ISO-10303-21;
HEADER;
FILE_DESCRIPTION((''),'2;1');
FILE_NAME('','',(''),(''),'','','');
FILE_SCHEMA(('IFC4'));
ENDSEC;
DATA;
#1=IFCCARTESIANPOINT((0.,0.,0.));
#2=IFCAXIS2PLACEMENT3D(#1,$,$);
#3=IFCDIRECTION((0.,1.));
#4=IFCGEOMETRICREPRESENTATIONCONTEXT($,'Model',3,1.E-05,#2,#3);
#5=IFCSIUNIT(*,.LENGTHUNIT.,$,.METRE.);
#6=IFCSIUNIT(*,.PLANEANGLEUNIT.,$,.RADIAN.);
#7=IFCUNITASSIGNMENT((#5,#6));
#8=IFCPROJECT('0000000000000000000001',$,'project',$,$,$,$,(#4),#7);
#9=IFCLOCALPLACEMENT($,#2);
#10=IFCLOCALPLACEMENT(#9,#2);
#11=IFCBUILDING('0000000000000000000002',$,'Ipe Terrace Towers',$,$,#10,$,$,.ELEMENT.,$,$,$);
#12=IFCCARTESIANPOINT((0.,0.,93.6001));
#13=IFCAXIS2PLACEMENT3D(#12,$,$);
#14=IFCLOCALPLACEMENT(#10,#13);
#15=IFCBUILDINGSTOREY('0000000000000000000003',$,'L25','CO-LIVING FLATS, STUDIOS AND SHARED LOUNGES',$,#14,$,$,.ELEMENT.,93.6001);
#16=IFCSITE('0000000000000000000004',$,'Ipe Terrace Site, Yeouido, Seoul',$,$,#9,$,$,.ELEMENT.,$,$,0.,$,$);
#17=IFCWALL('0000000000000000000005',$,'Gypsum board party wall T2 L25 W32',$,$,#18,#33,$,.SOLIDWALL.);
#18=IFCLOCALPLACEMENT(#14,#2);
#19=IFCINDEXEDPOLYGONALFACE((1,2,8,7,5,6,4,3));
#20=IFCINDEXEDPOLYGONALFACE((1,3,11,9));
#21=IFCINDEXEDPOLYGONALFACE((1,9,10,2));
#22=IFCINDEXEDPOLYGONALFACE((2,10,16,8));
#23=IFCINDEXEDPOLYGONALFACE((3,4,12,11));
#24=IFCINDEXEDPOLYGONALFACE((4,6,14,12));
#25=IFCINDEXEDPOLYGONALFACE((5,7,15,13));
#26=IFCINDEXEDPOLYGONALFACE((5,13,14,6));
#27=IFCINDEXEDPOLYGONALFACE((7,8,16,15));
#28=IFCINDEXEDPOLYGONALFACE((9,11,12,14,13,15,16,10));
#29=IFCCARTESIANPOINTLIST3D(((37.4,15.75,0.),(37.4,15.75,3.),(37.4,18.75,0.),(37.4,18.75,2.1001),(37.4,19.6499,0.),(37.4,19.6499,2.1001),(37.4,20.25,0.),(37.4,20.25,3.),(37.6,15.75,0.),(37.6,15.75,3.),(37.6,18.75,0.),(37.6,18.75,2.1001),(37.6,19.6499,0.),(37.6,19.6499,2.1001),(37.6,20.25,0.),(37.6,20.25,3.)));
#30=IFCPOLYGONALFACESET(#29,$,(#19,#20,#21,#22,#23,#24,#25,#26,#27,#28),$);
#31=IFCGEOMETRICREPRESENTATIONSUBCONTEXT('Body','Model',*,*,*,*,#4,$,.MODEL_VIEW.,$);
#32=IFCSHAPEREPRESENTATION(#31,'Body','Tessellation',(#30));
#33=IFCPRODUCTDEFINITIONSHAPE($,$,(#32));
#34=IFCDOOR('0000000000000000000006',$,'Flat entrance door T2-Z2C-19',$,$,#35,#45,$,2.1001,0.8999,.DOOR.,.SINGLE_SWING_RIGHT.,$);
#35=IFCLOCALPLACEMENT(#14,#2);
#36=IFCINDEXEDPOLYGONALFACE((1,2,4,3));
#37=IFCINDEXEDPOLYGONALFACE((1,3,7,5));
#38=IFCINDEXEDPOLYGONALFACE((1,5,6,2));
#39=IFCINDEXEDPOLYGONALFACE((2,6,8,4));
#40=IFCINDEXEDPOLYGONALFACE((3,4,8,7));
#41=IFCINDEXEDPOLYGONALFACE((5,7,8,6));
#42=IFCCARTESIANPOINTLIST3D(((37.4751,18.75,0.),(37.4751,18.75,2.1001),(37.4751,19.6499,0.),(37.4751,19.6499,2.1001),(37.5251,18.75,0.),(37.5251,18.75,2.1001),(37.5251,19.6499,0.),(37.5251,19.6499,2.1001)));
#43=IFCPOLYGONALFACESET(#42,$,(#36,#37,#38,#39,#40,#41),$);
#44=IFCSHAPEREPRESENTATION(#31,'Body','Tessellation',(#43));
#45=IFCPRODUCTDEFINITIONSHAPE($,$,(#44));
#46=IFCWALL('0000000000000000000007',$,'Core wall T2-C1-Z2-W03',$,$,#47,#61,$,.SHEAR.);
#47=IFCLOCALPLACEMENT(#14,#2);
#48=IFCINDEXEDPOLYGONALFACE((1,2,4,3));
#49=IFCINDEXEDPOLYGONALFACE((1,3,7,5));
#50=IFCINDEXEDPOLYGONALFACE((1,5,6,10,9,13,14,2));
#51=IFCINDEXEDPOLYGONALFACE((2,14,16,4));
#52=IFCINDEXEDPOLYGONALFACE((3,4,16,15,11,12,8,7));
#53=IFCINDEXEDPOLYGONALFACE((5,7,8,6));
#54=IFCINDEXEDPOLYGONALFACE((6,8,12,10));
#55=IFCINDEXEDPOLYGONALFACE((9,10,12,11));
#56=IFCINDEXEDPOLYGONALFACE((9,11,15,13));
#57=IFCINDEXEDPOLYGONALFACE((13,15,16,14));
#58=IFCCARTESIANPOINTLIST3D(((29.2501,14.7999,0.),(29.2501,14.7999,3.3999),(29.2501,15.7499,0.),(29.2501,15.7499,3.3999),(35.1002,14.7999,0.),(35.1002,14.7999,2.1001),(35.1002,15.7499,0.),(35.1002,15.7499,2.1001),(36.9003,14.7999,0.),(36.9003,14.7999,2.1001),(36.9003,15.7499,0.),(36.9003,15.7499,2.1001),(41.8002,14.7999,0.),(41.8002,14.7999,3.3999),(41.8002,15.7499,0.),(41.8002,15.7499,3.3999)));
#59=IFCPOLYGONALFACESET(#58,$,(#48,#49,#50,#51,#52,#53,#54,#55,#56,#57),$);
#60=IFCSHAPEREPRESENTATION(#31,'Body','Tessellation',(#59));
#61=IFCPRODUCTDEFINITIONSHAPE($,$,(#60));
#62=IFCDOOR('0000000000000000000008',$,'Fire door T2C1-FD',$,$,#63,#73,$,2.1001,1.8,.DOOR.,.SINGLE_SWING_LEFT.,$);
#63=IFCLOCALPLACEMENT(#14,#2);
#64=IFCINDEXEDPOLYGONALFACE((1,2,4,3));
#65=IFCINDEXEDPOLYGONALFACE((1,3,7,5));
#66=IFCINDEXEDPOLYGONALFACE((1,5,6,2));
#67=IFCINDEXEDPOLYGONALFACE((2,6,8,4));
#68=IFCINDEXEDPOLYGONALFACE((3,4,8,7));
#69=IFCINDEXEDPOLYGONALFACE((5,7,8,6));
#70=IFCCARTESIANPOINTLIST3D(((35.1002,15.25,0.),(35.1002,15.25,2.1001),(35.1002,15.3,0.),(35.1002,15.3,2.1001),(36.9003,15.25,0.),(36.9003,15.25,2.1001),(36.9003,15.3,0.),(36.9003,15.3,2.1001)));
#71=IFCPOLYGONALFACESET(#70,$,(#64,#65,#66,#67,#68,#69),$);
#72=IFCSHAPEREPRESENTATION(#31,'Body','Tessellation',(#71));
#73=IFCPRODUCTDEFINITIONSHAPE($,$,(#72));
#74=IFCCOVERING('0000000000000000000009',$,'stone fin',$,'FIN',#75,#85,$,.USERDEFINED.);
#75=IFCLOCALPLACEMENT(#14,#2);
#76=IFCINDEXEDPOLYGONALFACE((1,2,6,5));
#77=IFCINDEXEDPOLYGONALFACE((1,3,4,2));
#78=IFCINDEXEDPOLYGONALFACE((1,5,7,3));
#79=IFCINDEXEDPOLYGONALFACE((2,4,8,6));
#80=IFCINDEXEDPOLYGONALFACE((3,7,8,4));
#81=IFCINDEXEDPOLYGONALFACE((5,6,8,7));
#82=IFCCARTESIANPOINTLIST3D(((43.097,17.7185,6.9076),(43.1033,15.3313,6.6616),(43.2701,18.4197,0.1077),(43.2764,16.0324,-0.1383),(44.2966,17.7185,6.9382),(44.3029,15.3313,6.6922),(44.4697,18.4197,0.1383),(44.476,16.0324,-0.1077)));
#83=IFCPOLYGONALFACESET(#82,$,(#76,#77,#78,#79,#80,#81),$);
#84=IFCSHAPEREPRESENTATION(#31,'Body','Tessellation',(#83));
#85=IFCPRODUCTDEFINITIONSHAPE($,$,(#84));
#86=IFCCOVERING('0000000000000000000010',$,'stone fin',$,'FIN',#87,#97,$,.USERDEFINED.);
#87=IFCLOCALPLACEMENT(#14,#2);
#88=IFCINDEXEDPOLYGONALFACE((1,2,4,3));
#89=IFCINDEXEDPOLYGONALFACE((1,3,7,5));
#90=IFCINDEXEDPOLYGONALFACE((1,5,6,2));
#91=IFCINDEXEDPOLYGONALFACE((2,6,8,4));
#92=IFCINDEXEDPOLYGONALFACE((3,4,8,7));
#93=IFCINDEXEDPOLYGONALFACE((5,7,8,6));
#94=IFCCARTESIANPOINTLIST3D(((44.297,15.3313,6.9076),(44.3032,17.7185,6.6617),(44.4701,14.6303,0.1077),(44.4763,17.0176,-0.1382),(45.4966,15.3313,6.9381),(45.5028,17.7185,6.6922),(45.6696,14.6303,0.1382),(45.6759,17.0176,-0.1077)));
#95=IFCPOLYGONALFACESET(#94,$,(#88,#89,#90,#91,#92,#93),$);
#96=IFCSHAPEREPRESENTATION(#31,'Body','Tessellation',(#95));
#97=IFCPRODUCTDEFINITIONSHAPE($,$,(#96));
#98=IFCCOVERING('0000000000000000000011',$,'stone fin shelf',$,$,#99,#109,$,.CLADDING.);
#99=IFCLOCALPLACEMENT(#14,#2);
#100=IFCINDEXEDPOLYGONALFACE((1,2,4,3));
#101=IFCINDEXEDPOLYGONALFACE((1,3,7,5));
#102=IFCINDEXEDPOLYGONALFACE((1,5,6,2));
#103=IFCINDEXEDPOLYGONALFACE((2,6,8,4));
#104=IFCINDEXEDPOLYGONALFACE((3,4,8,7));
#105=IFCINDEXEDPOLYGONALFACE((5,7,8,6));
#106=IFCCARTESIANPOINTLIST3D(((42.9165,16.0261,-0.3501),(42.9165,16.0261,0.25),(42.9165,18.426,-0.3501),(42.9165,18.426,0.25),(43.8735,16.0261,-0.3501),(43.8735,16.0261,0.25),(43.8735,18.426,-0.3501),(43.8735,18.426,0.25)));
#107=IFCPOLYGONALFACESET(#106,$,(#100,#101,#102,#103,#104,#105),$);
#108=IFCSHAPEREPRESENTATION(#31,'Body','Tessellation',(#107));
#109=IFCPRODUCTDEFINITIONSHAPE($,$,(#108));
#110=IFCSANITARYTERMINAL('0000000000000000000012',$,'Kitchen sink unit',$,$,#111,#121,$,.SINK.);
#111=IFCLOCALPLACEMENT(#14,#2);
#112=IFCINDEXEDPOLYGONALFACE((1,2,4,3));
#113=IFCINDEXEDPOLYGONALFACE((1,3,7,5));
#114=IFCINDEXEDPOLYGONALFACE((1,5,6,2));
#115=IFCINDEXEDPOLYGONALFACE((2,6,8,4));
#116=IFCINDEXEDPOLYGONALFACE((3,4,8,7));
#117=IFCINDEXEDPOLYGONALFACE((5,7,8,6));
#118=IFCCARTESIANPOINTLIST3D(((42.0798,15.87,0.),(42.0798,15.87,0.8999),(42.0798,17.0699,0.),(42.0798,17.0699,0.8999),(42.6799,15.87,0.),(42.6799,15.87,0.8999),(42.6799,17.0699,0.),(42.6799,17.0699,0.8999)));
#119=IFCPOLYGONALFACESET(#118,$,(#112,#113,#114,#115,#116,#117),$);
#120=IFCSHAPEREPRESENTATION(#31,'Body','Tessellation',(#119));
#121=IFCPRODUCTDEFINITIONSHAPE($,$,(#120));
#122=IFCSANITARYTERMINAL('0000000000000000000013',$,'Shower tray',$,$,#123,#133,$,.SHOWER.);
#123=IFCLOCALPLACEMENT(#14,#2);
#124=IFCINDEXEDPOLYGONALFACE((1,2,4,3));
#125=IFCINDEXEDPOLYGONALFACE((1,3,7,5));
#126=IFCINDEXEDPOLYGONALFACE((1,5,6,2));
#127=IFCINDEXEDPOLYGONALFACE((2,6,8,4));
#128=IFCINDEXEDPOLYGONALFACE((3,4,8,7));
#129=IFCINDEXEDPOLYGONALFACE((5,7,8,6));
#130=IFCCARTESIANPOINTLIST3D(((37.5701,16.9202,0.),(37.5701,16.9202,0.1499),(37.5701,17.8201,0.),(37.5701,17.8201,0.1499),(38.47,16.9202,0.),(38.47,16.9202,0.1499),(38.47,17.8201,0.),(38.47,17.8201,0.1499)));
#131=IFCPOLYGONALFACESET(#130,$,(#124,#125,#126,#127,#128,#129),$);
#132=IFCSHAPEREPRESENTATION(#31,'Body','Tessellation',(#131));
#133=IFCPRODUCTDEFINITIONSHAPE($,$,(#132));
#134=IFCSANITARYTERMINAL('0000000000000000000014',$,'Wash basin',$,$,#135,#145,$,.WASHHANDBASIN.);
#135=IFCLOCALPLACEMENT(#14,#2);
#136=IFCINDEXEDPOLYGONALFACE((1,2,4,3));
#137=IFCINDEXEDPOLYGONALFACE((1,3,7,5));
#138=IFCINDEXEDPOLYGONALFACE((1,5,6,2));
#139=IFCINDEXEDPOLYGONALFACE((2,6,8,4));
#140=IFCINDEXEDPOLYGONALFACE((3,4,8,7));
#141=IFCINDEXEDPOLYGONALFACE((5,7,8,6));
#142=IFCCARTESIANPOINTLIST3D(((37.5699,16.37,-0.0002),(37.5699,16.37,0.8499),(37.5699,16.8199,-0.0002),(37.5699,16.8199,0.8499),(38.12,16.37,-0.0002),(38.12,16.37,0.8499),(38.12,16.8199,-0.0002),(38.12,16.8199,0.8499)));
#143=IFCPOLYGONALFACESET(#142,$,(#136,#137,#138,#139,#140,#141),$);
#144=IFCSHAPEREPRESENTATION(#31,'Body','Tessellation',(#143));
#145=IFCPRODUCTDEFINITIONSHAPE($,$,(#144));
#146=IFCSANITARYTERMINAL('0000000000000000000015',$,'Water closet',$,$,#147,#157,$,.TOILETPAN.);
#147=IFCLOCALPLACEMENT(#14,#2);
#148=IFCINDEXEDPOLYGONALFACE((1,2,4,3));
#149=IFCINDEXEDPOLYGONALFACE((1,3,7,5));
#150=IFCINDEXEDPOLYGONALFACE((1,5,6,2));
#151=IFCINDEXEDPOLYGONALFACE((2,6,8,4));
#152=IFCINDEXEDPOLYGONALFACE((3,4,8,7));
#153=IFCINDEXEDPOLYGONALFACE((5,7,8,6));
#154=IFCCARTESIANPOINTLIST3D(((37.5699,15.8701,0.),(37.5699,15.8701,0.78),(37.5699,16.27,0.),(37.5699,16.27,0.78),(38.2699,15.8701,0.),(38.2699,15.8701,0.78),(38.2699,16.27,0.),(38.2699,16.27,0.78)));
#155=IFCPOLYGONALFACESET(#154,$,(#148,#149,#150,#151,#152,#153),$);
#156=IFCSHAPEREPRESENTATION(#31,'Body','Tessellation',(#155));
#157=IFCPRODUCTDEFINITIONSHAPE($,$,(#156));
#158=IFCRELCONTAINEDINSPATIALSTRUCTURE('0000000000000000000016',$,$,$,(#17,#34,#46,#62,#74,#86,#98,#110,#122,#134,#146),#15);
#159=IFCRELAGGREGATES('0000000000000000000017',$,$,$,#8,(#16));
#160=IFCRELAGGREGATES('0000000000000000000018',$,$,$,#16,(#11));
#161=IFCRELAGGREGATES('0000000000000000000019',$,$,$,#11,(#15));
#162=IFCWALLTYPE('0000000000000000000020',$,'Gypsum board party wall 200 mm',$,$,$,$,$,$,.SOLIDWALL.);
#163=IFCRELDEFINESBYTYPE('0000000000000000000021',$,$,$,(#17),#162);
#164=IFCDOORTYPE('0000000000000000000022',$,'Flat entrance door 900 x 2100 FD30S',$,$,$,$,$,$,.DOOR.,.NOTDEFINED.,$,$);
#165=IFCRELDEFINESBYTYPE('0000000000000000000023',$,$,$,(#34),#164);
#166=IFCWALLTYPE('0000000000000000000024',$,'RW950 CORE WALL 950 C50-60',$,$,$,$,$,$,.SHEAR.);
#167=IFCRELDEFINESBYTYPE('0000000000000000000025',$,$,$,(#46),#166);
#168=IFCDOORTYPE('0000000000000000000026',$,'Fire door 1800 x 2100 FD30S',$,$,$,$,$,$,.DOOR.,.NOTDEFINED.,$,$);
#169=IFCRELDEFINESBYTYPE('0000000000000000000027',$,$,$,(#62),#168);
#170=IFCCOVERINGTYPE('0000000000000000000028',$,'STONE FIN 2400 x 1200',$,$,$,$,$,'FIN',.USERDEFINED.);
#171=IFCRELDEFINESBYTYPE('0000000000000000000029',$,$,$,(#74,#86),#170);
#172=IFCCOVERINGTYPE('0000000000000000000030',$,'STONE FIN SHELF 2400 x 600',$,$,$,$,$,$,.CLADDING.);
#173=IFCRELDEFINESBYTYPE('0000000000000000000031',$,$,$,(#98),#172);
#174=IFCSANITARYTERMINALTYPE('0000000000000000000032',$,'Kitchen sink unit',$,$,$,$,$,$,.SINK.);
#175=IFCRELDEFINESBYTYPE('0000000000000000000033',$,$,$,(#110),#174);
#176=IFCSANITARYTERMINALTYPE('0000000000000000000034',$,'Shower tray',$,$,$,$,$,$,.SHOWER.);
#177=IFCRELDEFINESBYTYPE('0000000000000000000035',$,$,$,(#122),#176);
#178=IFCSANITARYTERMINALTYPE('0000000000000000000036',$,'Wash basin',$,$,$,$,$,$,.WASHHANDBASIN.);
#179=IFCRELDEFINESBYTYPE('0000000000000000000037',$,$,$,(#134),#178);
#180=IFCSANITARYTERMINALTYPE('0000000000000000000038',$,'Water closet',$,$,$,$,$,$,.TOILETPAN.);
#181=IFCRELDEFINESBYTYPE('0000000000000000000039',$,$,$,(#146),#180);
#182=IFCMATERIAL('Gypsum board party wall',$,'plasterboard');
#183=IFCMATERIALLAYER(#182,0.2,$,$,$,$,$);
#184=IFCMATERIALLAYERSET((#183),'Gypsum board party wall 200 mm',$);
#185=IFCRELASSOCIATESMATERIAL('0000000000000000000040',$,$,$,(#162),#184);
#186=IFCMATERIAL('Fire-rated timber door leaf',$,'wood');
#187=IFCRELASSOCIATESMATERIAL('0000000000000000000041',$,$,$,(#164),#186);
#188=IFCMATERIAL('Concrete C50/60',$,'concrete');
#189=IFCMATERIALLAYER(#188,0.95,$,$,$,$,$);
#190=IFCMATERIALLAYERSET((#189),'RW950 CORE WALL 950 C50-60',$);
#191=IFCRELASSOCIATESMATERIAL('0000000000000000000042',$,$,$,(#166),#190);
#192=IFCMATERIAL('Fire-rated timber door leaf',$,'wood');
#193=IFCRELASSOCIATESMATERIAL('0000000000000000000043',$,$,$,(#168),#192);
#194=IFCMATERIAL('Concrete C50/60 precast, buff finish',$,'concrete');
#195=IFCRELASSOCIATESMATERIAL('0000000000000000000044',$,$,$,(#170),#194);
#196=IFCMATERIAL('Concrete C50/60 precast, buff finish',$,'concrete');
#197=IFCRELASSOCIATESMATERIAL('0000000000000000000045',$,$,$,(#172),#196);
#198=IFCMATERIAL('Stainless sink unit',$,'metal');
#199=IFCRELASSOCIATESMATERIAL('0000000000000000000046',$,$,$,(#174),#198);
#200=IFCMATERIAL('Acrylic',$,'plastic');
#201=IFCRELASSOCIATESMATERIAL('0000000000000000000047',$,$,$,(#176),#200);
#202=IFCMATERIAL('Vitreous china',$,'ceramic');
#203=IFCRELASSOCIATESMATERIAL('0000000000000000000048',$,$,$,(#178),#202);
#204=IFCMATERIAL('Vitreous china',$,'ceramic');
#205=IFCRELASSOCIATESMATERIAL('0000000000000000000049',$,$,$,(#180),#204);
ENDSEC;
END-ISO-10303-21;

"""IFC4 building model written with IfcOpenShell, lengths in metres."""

from ifc_helpers import new_model, si_unit, direction, frame, frame_2d, origin, origin_2d, place, context, subcontext, project, spatial, rectangle, extrude, material, layer, layer_set, material_profile, profile_set, type_object, element, fill, save


model = new_model("IFC4")

# Units and contexts
model_context = context("Model", 3, precision=1e-05, world=origin(), true_north=direction((0.0, 1.0)))
body_context = subcontext(model_context, "Body", "Model", "MODEL_VIEW")
ifc_project = project(units=[si_unit("LENGTHUNIT", "METRE"), si_unit("PLANEANGLEUNIT", "RADIAN")], contexts=[model_context])

# Site, building, storey
site_placement = place(None, origin())
site = spatial("IfcSite", under=ifc_project, at=site_placement, Name="Ipe Terrace Site, Yeouido, Seoul", CompositionType="ELEMENT", RefElevation=0.0)
building_placement = place(site_placement, origin())
building = spatial("IfcBuilding", under=site, at=building_placement, Name="Ipe Terrace Towers", CompositionType="ELEMENT")
storey_placement = place(building_placement, frame((0.0, 0.0, 93.6001)))
storey = spatial("IfcBuildingStorey", under=building, at=storey_placement, Name="L25", Description="CO-LIVING FLATS, STUDIOS AND SHARED LOUNGES", CompositionType="ELEMENT", Elevation=93.6001)

# Walls, openings, doors
ifc_material_1 = material(Name="Gypsum board party wall", Category="plasterboard")
ifc_layer_1 = layer(ifc_material_1, 0.2)
ifc_layer_set_1 = layer_set([ifc_layer_1], Name="Gypsum board party wall 200 mm")
wall_type_1 = type_object("IfcWallType", Name="Gypsum board party wall 200 mm", PredefinedType="SOLIDWALL", material=ifc_layer_set_1)
wall_1_placement = place(storey_placement, frame((37.5, 15.75, 0.0), z_axis=(0.0, 0.0, 1.0), x_axis=(0.0, 1.0, 0.0)))
wall_1 = element("IfcWall", 1, at=wall_1_placement, inside=storey, type_object=wall_type_1, Name="Gypsum board party wall T2 L25 W32", PredefinedType="SOLIDWALL", context=body_context, shape_type="SweptSolid", body=[
    extrude(rectangle(XDim=4.5, YDim=0.2, at=frame_2d((2.25, 0.0))), origin(), (0.0, 0.0, 1.0), 3.0),
])
opening_1_placement = place(wall_1_placement, frame((3.0, 0.0, 0.0)))
opening_1 = element("IfcOpeningElement", 2, at=opening_1_placement, cuts=wall_1, PredefinedType="OPENING", context=body_context, shape_type="SweptSolid", body=[
    extrude(rectangle(XDim=0.8999, YDim=2.1001, at=frame_2d((0.45, 1.05))), frame((0.0, 0.1099, 0.0), z_axis=(0.0, -1.0, 0.0), x_axis=(1.0, 0.0, 0.0)), (0.0, 0.0, 1.0), 0.22),
])
ifc_material_2 = material(Name="Fire-rated timber door leaf", Category="wood")
door_type_1 = type_object("IfcDoorType", Name="Flat entrance door 900 x 2100 FD30S", OperationType="NOTDEFINED", PredefinedType="DOOR", material=ifc_material_2)
door_1_placement = place(opening_1_placement, origin())
door_1 = element("IfcDoor", 3, at=door_1_placement, inside=storey, type_object=door_type_1, Name="Flat entrance door T2-Z2C-19", OperationType="SINGLE_SWING_RIGHT", OverallHeight=2.1001, OverallWidth=0.8999, PredefinedType="DOOR", context=body_context, shape_type="SweptSolid", body=[
    extrude(rectangle(XDim=0.8999, YDim=2.1001, at=frame_2d((0.45, 1.05))), frame((0.0, 0.0249, 0.0), z_axis=(0.0, -1.0, 0.0), x_axis=(1.0, 0.0, 0.0)), (0.0, 0.0, 1.0), 0.05),
])
fill(opening_1, door_1)
ifc_material_3 = material(Name="Concrete C50/60", Category="concrete")
ifc_layer_2 = layer(ifc_material_3, 0.95)
ifc_layer_set_2 = layer_set([ifc_layer_2], Name="RW950 CORE WALL 950 C50-60")
wall_type_2 = type_object("IfcWallType", Name="RW950 CORE WALL 950 C50-60", PredefinedType="SHEAR", material=ifc_layer_set_2)
wall_2_placement = place(storey_placement, frame((41.8, 15.2749, 0.0), z_axis=(0.0, 0.0, 1.0), x_axis=(-1.0, 0.0, 0.0)))
wall_2 = element("IfcWall", 4, at=wall_2_placement, inside=storey, type_object=wall_type_2, Name="Core wall T2-C1-Z2-W03", PredefinedType="SHEAR", context=body_context, shape_type="SweptSolid", body=[
    extrude(rectangle(XDim=12.55, YDim=0.95, at=frame_2d((6.2749, 0.0))), origin(), (0.0, 0.0, 1.0), 3.3999),
])
opening_2_placement = place(wall_2_placement, frame((4.8999, 0.0, 0.0)))
opening_2 = element("IfcOpeningElement", 5, at=opening_2_placement, cuts=wall_2, PredefinedType="OPENING", context=body_context, shape_type="SweptSolid", body=[
    extrude(rectangle(XDim=1.8, YDim=2.1001, at=frame_2d((0.8999, 1.05))), frame((0.0, 0.4849, 0.0), z_axis=(0.0, -1.0, 0.0), x_axis=(1.0, 0.0, 0.0)), (0.0, 0.0, 1.0), 0.97),
])
ifc_material_4 = material(Name="Fire-rated timber door leaf", Category="wood")
door_type_2 = type_object("IfcDoorType", Name="Fire door 1800 x 2100 FD30S", OperationType="NOTDEFINED", PredefinedType="DOOR", material=ifc_material_4)
door_2_placement = place(opening_2_placement, origin())
door_2 = element("IfcDoor", 6, at=door_2_placement, inside=storey, type_object=door_type_2, Name="Fire door T2C1-FD", OperationType="SINGLE_SWING_LEFT", OverallHeight=2.1001, OverallWidth=1.8, PredefinedType="DOOR", context=body_context, shape_type="SweptSolid", body=[
    extrude(rectangle(XDim=1.8, YDim=2.1001, at=frame_2d((0.8999, 1.05))), frame((0.0, 0.0249, 0.0), z_axis=(0.0, -1.0, 0.0), x_axis=(1.0, 0.0, 0.0)), (0.0, 0.0, 1.0), 0.05),
])
fill(opening_2, door_2)

# Coverings
ifc_material_5 = material(Name="Concrete C50/60 precast, buff finish", Category="concrete")
ifc_material_profile_1 = material_profile(ifc_material_5, rectangle(XDim=2.3999, YDim=1.2, at=origin_2d()), Name="STONE FIN 2400 x 1200")
ifc_profile_set_1 = profile_set([ifc_material_profile_1], Name="Concrete C50/60 precast, buff finish")
covering_type_1 = type_object("IfcCoveringType", Name="STONE FIN 2400 x 1200", ElementType="FIN", PredefinedType="USERDEFINED", material=ifc_profile_set_1)
for number, where, z_axis, x_axis, name in (
    (7, (43.873, 17.2261, 0.0), (-0.025314, -0.10254, 0.994407), (-0.002609, 0.994729, 0.102507), "stone fin"),
    (8, (45.073, 15.824, 0.0), (-0.025314, 0.102504, 0.99441), (0.002609, 0.994733, -0.102471), "stone fin"),
):
    element("IfcCovering", number, at=place(storey_placement, frame(where, z_axis=z_axis, x_axis=x_axis)), inside=storey, type_object=covering_type_1, Name=name, ObjectType="FIN", PredefinedType="USERDEFINED", context=body_context, shape_type="SweptSolid", body=[
        extrude(rectangle(XDim=2.3999, YDim=1.2, at=origin_2d()), origin(), (0.0, 0.0, 1.0), 6.8381),
    ])
ifc_material_6 = material(Name="Concrete C50/60 precast, buff finish", Category="concrete")
covering_type_2 = type_object("IfcCoveringType", Name="STONE FIN SHELF 2400 x 600", PredefinedType="CLADDING", material=ifc_material_6)
covering_placement = place(storey_placement, frame((43.395, 17.2261, -0.3501), z_axis=(0.0, 0.0, 1.0), x_axis=(0.0, 1.0, 0.0)))
element("IfcCovering", 9, at=covering_placement, inside=storey, type_object=covering_type_2, Name="stone fin shelf", PredefinedType="CLADDING", context=body_context, shape_type="SweptSolid", body=[
    extrude(rectangle(XDim=2.3999, YDim=0.957, at=origin_2d()), origin(), (0.0, 0.0, 1.0), 0.6001),
])

# Sanitary terminals
ifc_material_7 = material(Name="Stainless sink unit", Category="metal")
sanitary_terminal_type_1 = type_object("IfcSanitaryTerminalType", Name="Kitchen sink unit", PredefinedType="SINK", material=ifc_material_7)
sanitary_terminal_1_placement = place(storey_placement, frame((42.3799, 16.47, 0.0), z_axis=(0.0, 0.0, 1.0), x_axis=(0.0, -1.0, 0.0)))
element("IfcSanitaryTerminal", 10, at=sanitary_terminal_1_placement, inside=storey, type_object=sanitary_terminal_type_1, Name="Kitchen sink unit", PredefinedType="SINK", context=body_context, shape_type="SweptSolid", body=[
    extrude(rectangle(XDim=1.2, YDim=0.6001, at=origin_2d()), origin(), (0.0, 0.0, 1.0), 0.8999),
])
ifc_material_8 = material(Name="Acrylic", Category="plastic")
sanitary_terminal_type_2 = type_object("IfcSanitaryTerminalType", Name="Shower tray", PredefinedType="SHOWER", material=ifc_material_8)
sanitary_terminal_2_placement = place(storey_placement, frame((38.02, 17.3701, 0.0), z_axis=(0.0, 0.0, 1.0), x_axis=(1.0, 0.0, 0.0)))
element("IfcSanitaryTerminal", 11, at=sanitary_terminal_2_placement, inside=storey, type_object=sanitary_terminal_type_2, Name="Shower tray", PredefinedType="SHOWER", context=body_context, shape_type="SweptSolid", body=[
    extrude(rectangle(XDim=0.8999, YDim=0.8999, at=origin_2d()), origin(), (0.0, 0.0, 1.0), 0.1499),
])
ifc_material_9 = material(Name="Vitreous china", Category="ceramic")
sanitary_terminal_type_3 = type_object("IfcSanitaryTerminalType", Name="Wash basin", PredefinedType="WASHHANDBASIN", material=ifc_material_9)
sanitary_terminal_3_placement = place(storey_placement, frame((37.845, 16.595, -0.0002), z_axis=(0.0, 0.0, 1.0), x_axis=(1.0, 0.0, 0.0)))
element("IfcSanitaryTerminal", 12, at=sanitary_terminal_3_placement, inside=storey, type_object=sanitary_terminal_type_3, Name="Wash basin", PredefinedType="WASHHANDBASIN", context=body_context, shape_type="SweptSolid", body=[
    extrude(rectangle(XDim=0.55, YDim=0.45, at=origin_2d()), origin(), (0.0, 0.0, 1.0), 0.8501),
])
ifc_material_10 = material(Name="Vitreous china", Category="ceramic")
sanitary_terminal_type_4 = type_object("IfcSanitaryTerminalType", Name="Water closet", PredefinedType="TOILETPAN", material=ifc_material_10)
sanitary_terminal_4_placement = place(storey_placement, frame((37.9199, 16.0701, 0.0), z_axis=(0.0, 0.0, 1.0), x_axis=(1.0, 0.0, 0.0)))
element("IfcSanitaryTerminal", 13, at=sanitary_terminal_4_placement, inside=storey, type_object=sanitary_terminal_type_4, Name="Water closet", PredefinedType="TOILETPAN", context=body_context, shape_type="SweptSolid", body=[
    extrude(rectangle(XDim=0.7, YDim=0.3999, at=origin_2d()), origin(), (0.0, 0.0, 1.0), 0.78),
])

save(model, "model.ifc")
